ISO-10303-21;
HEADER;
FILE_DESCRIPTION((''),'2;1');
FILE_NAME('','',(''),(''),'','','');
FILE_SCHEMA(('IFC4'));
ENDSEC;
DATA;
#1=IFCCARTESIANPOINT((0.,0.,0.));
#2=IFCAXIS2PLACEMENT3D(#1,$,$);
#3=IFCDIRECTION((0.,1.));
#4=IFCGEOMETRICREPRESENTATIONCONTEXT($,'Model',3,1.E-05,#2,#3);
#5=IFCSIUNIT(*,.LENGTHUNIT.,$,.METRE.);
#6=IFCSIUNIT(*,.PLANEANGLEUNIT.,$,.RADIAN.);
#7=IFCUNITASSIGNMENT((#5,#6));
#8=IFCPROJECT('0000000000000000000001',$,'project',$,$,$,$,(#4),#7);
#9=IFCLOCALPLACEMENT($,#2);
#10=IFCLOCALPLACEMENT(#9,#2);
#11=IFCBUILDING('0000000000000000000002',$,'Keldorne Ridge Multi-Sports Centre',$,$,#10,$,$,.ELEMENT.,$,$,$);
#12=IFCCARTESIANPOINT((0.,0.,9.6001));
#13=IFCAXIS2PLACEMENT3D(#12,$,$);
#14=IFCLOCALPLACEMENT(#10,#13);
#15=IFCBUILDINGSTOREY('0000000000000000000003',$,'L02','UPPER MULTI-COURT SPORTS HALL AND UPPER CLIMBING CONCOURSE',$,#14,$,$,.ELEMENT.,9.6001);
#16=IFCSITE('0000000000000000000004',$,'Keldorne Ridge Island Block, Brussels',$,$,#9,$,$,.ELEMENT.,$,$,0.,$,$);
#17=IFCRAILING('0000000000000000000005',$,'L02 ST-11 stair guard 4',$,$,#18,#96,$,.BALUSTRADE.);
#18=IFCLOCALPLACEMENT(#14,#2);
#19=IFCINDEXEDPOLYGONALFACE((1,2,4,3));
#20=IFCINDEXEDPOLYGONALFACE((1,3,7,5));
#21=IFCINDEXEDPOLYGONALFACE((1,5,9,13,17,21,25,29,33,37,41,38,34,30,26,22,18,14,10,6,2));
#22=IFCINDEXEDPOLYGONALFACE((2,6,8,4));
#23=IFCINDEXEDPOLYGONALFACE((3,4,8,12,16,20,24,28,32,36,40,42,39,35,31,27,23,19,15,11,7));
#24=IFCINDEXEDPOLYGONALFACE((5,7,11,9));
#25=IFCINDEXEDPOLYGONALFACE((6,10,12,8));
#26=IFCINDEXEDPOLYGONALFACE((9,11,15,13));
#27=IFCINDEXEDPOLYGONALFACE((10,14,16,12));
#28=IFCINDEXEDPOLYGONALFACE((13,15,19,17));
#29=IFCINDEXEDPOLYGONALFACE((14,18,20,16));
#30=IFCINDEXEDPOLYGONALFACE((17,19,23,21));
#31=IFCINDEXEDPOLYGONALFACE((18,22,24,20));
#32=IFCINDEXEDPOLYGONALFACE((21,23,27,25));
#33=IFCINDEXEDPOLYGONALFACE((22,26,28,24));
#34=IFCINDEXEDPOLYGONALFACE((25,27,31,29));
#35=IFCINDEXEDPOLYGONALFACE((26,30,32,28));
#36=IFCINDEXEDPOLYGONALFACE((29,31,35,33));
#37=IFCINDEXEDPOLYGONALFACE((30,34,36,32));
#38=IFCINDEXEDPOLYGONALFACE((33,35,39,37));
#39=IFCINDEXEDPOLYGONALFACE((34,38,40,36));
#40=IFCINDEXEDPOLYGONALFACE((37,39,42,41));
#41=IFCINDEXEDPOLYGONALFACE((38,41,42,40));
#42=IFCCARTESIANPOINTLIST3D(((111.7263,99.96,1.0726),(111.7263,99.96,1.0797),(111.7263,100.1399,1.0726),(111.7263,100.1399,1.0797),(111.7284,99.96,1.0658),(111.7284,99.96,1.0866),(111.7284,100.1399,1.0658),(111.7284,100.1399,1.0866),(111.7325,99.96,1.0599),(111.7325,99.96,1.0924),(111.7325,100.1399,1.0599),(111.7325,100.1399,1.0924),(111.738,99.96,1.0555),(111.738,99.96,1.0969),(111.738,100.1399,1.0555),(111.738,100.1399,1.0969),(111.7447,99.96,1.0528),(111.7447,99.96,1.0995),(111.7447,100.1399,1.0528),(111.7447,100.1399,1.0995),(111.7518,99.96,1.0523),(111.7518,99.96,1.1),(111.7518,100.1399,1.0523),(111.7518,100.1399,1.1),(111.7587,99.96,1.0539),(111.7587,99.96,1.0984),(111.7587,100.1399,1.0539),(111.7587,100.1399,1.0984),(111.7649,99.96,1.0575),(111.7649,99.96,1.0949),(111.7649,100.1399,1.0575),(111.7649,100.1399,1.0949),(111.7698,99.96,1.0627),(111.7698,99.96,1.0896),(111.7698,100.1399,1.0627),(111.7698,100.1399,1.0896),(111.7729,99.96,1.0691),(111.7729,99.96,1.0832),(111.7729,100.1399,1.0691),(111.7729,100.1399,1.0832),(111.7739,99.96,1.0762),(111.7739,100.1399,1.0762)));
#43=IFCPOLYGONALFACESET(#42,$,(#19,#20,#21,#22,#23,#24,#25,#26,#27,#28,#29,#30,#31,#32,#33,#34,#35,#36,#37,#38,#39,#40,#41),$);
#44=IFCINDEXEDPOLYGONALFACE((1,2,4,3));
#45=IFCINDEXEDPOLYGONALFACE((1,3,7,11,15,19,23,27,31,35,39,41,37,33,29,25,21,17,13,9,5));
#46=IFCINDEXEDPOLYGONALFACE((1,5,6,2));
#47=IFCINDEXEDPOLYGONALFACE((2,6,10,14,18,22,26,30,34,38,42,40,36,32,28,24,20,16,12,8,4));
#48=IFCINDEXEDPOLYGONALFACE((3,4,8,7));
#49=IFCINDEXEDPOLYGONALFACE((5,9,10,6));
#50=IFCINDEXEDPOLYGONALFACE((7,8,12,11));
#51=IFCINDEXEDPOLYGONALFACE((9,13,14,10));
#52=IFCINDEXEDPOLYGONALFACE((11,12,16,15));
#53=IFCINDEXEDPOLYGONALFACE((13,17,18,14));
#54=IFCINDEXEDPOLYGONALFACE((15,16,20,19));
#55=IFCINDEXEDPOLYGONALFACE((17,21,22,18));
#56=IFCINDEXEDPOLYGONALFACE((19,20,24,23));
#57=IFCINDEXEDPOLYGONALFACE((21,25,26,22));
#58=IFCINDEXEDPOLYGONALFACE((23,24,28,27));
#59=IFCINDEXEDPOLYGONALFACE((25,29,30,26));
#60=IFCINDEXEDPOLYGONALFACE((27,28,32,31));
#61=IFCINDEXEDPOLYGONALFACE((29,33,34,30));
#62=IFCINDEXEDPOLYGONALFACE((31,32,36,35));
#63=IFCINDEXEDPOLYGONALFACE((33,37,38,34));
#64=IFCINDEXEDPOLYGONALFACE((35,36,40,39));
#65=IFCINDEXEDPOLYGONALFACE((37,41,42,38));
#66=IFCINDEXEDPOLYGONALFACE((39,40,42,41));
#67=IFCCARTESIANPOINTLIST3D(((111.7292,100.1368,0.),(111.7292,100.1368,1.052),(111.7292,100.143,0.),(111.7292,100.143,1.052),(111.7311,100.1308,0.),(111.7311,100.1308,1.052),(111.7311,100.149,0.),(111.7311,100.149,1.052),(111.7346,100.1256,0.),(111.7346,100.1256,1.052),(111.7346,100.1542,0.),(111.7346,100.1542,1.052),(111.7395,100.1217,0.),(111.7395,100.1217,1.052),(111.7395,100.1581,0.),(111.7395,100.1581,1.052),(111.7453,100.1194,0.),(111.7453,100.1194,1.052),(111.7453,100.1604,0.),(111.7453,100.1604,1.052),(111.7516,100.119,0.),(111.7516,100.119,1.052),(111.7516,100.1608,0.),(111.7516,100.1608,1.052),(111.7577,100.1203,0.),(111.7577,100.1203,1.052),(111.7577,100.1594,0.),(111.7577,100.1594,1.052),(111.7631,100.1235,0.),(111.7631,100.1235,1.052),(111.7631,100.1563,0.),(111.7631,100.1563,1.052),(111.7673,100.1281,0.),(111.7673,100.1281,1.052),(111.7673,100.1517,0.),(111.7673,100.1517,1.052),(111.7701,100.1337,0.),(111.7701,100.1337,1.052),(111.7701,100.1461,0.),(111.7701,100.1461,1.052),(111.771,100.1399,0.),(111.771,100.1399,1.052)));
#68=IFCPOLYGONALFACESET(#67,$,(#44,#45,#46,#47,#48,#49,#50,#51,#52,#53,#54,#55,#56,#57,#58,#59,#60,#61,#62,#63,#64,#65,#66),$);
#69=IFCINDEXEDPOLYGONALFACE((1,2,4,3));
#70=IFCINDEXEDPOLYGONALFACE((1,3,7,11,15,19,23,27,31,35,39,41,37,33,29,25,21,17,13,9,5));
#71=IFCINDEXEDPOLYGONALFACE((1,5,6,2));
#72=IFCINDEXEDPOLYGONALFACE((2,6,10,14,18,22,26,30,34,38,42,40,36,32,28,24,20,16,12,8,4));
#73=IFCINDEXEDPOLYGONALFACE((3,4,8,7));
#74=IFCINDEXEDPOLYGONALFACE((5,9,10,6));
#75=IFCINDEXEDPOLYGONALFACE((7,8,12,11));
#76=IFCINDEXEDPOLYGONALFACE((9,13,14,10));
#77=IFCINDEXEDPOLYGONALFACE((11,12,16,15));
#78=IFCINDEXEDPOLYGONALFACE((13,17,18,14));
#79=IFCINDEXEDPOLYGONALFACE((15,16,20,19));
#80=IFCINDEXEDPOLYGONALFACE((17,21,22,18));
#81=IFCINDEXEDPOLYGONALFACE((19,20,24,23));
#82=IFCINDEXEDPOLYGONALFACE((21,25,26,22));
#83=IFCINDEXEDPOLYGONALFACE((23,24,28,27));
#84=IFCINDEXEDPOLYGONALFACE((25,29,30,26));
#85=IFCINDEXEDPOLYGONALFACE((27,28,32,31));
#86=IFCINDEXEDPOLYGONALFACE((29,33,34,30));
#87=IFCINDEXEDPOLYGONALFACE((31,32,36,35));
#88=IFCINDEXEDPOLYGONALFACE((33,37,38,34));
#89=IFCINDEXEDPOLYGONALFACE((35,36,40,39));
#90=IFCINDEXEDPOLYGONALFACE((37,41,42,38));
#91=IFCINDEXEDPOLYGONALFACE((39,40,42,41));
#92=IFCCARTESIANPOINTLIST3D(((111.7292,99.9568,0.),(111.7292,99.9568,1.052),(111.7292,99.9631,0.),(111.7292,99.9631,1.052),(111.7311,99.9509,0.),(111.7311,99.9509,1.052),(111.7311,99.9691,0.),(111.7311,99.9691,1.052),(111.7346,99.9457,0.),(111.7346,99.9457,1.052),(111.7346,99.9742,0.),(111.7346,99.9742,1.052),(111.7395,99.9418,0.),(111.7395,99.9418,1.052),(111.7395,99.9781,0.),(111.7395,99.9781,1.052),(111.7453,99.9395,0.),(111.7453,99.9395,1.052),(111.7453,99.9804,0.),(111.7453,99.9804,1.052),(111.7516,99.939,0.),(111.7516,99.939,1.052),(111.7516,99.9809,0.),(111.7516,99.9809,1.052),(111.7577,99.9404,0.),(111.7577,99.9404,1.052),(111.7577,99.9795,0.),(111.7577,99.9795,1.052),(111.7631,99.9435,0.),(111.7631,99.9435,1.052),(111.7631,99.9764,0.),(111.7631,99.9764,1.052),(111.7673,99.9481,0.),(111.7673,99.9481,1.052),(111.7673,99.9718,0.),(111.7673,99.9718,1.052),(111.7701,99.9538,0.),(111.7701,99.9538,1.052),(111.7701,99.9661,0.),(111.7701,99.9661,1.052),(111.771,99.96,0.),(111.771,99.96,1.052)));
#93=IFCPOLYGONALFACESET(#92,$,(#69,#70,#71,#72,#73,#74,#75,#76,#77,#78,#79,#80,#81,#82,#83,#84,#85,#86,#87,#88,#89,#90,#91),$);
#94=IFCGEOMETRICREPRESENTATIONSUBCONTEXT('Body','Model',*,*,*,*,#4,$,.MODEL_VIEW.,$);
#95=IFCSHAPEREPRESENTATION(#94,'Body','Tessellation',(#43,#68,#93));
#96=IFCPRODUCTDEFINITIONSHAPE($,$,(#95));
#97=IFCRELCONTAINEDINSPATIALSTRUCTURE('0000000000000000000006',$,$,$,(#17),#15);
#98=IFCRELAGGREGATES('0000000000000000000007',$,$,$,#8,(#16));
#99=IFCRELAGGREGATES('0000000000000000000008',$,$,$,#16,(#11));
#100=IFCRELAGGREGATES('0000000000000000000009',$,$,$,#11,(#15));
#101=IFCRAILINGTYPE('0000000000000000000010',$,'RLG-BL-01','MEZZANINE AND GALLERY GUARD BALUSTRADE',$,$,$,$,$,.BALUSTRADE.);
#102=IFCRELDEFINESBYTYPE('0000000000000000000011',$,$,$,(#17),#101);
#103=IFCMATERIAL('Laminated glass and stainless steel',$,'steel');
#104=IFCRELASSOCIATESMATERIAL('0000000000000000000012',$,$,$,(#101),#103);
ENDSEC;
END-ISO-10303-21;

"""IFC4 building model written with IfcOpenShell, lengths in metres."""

from ifc_helpers import new_model, si_unit, direction, frame, origin, origin_2d, place, context, subcontext, project, spatial, circle, extrude, material, type_object, element, save


model = new_model("IFC4")

# Units and contexts
model_context = context("Model", 3, precision=1e-05, world=origin(), true_north=direction((0.0, 1.0)))
body_context = subcontext(model_context, "Body", "Model", "MODEL_VIEW")
ifc_project = project(units=[si_unit("LENGTHUNIT", "METRE"), si_unit("PLANEANGLEUNIT", "RADIAN")], contexts=[model_context])

# Site, building, storey
site_placement = place(None, origin())
site = spatial("IfcSite", under=ifc_project, at=site_placement, Name="Keldorne Ridge Island Block, Brussels", CompositionType="ELEMENT", RefElevation=0.0)
building_placement = place(site_placement, origin())
building = spatial("IfcBuilding", under=site, at=building_placement, Name="Keldorne Ridge Multi-Sports Centre", CompositionType="ELEMENT")
storey_placement = place(building_placement, frame((0.0, 0.0, 9.6001)))
storey = spatial("IfcBuildingStorey", under=building, at=storey_placement, Name="L02", Description="UPPER MULTI-COURT SPORTS HALL AND UPPER CLIMBING CONCOURSE", CompositionType="ELEMENT", Elevation=9.6001)

# Railing
ifc_material_1 = material(Name="Laminated glass and stainless steel", Category="steel")
railing_type_1 = type_object("IfcRailingType", Name="RLG-BL-01", Description="MEZZANINE AND GALLERY GUARD BALUSTRADE", PredefinedType="BALUSTRADE", material=ifc_material_1)
railing_1_placement = place(storey_placement, frame((111.75, 100.1399, 0.0)))
element("IfcRailing", 1, at=railing_1_placement, inside=storey, type_object=railing_type_1, Name="L02 ST-11 stair guard 4", PredefinedType="BALUSTRADE", context=body_context, shape_type="SweptSolid", body=[
    extrude(circle(Radius=0.0239, at=origin_2d()), frame((0.0, 0.0, 1.0762), z_axis=(0.0, -1.0, 0.0), x_axis=(1.0, 0.0, 0.0)), (0.0, 0.0, 1.0), 0.1799),
    extrude(circle(Radius=0.021, at=origin_2d()), origin(), (0.0, 0.0, 1.0), 1.052),
    extrude(circle(Radius=0.021, at=origin_2d()), frame((0.0, -0.1799, 0.0)), (0.0, 0.0, 1.0), 1.052),
])

save(model, "model.ifc")
